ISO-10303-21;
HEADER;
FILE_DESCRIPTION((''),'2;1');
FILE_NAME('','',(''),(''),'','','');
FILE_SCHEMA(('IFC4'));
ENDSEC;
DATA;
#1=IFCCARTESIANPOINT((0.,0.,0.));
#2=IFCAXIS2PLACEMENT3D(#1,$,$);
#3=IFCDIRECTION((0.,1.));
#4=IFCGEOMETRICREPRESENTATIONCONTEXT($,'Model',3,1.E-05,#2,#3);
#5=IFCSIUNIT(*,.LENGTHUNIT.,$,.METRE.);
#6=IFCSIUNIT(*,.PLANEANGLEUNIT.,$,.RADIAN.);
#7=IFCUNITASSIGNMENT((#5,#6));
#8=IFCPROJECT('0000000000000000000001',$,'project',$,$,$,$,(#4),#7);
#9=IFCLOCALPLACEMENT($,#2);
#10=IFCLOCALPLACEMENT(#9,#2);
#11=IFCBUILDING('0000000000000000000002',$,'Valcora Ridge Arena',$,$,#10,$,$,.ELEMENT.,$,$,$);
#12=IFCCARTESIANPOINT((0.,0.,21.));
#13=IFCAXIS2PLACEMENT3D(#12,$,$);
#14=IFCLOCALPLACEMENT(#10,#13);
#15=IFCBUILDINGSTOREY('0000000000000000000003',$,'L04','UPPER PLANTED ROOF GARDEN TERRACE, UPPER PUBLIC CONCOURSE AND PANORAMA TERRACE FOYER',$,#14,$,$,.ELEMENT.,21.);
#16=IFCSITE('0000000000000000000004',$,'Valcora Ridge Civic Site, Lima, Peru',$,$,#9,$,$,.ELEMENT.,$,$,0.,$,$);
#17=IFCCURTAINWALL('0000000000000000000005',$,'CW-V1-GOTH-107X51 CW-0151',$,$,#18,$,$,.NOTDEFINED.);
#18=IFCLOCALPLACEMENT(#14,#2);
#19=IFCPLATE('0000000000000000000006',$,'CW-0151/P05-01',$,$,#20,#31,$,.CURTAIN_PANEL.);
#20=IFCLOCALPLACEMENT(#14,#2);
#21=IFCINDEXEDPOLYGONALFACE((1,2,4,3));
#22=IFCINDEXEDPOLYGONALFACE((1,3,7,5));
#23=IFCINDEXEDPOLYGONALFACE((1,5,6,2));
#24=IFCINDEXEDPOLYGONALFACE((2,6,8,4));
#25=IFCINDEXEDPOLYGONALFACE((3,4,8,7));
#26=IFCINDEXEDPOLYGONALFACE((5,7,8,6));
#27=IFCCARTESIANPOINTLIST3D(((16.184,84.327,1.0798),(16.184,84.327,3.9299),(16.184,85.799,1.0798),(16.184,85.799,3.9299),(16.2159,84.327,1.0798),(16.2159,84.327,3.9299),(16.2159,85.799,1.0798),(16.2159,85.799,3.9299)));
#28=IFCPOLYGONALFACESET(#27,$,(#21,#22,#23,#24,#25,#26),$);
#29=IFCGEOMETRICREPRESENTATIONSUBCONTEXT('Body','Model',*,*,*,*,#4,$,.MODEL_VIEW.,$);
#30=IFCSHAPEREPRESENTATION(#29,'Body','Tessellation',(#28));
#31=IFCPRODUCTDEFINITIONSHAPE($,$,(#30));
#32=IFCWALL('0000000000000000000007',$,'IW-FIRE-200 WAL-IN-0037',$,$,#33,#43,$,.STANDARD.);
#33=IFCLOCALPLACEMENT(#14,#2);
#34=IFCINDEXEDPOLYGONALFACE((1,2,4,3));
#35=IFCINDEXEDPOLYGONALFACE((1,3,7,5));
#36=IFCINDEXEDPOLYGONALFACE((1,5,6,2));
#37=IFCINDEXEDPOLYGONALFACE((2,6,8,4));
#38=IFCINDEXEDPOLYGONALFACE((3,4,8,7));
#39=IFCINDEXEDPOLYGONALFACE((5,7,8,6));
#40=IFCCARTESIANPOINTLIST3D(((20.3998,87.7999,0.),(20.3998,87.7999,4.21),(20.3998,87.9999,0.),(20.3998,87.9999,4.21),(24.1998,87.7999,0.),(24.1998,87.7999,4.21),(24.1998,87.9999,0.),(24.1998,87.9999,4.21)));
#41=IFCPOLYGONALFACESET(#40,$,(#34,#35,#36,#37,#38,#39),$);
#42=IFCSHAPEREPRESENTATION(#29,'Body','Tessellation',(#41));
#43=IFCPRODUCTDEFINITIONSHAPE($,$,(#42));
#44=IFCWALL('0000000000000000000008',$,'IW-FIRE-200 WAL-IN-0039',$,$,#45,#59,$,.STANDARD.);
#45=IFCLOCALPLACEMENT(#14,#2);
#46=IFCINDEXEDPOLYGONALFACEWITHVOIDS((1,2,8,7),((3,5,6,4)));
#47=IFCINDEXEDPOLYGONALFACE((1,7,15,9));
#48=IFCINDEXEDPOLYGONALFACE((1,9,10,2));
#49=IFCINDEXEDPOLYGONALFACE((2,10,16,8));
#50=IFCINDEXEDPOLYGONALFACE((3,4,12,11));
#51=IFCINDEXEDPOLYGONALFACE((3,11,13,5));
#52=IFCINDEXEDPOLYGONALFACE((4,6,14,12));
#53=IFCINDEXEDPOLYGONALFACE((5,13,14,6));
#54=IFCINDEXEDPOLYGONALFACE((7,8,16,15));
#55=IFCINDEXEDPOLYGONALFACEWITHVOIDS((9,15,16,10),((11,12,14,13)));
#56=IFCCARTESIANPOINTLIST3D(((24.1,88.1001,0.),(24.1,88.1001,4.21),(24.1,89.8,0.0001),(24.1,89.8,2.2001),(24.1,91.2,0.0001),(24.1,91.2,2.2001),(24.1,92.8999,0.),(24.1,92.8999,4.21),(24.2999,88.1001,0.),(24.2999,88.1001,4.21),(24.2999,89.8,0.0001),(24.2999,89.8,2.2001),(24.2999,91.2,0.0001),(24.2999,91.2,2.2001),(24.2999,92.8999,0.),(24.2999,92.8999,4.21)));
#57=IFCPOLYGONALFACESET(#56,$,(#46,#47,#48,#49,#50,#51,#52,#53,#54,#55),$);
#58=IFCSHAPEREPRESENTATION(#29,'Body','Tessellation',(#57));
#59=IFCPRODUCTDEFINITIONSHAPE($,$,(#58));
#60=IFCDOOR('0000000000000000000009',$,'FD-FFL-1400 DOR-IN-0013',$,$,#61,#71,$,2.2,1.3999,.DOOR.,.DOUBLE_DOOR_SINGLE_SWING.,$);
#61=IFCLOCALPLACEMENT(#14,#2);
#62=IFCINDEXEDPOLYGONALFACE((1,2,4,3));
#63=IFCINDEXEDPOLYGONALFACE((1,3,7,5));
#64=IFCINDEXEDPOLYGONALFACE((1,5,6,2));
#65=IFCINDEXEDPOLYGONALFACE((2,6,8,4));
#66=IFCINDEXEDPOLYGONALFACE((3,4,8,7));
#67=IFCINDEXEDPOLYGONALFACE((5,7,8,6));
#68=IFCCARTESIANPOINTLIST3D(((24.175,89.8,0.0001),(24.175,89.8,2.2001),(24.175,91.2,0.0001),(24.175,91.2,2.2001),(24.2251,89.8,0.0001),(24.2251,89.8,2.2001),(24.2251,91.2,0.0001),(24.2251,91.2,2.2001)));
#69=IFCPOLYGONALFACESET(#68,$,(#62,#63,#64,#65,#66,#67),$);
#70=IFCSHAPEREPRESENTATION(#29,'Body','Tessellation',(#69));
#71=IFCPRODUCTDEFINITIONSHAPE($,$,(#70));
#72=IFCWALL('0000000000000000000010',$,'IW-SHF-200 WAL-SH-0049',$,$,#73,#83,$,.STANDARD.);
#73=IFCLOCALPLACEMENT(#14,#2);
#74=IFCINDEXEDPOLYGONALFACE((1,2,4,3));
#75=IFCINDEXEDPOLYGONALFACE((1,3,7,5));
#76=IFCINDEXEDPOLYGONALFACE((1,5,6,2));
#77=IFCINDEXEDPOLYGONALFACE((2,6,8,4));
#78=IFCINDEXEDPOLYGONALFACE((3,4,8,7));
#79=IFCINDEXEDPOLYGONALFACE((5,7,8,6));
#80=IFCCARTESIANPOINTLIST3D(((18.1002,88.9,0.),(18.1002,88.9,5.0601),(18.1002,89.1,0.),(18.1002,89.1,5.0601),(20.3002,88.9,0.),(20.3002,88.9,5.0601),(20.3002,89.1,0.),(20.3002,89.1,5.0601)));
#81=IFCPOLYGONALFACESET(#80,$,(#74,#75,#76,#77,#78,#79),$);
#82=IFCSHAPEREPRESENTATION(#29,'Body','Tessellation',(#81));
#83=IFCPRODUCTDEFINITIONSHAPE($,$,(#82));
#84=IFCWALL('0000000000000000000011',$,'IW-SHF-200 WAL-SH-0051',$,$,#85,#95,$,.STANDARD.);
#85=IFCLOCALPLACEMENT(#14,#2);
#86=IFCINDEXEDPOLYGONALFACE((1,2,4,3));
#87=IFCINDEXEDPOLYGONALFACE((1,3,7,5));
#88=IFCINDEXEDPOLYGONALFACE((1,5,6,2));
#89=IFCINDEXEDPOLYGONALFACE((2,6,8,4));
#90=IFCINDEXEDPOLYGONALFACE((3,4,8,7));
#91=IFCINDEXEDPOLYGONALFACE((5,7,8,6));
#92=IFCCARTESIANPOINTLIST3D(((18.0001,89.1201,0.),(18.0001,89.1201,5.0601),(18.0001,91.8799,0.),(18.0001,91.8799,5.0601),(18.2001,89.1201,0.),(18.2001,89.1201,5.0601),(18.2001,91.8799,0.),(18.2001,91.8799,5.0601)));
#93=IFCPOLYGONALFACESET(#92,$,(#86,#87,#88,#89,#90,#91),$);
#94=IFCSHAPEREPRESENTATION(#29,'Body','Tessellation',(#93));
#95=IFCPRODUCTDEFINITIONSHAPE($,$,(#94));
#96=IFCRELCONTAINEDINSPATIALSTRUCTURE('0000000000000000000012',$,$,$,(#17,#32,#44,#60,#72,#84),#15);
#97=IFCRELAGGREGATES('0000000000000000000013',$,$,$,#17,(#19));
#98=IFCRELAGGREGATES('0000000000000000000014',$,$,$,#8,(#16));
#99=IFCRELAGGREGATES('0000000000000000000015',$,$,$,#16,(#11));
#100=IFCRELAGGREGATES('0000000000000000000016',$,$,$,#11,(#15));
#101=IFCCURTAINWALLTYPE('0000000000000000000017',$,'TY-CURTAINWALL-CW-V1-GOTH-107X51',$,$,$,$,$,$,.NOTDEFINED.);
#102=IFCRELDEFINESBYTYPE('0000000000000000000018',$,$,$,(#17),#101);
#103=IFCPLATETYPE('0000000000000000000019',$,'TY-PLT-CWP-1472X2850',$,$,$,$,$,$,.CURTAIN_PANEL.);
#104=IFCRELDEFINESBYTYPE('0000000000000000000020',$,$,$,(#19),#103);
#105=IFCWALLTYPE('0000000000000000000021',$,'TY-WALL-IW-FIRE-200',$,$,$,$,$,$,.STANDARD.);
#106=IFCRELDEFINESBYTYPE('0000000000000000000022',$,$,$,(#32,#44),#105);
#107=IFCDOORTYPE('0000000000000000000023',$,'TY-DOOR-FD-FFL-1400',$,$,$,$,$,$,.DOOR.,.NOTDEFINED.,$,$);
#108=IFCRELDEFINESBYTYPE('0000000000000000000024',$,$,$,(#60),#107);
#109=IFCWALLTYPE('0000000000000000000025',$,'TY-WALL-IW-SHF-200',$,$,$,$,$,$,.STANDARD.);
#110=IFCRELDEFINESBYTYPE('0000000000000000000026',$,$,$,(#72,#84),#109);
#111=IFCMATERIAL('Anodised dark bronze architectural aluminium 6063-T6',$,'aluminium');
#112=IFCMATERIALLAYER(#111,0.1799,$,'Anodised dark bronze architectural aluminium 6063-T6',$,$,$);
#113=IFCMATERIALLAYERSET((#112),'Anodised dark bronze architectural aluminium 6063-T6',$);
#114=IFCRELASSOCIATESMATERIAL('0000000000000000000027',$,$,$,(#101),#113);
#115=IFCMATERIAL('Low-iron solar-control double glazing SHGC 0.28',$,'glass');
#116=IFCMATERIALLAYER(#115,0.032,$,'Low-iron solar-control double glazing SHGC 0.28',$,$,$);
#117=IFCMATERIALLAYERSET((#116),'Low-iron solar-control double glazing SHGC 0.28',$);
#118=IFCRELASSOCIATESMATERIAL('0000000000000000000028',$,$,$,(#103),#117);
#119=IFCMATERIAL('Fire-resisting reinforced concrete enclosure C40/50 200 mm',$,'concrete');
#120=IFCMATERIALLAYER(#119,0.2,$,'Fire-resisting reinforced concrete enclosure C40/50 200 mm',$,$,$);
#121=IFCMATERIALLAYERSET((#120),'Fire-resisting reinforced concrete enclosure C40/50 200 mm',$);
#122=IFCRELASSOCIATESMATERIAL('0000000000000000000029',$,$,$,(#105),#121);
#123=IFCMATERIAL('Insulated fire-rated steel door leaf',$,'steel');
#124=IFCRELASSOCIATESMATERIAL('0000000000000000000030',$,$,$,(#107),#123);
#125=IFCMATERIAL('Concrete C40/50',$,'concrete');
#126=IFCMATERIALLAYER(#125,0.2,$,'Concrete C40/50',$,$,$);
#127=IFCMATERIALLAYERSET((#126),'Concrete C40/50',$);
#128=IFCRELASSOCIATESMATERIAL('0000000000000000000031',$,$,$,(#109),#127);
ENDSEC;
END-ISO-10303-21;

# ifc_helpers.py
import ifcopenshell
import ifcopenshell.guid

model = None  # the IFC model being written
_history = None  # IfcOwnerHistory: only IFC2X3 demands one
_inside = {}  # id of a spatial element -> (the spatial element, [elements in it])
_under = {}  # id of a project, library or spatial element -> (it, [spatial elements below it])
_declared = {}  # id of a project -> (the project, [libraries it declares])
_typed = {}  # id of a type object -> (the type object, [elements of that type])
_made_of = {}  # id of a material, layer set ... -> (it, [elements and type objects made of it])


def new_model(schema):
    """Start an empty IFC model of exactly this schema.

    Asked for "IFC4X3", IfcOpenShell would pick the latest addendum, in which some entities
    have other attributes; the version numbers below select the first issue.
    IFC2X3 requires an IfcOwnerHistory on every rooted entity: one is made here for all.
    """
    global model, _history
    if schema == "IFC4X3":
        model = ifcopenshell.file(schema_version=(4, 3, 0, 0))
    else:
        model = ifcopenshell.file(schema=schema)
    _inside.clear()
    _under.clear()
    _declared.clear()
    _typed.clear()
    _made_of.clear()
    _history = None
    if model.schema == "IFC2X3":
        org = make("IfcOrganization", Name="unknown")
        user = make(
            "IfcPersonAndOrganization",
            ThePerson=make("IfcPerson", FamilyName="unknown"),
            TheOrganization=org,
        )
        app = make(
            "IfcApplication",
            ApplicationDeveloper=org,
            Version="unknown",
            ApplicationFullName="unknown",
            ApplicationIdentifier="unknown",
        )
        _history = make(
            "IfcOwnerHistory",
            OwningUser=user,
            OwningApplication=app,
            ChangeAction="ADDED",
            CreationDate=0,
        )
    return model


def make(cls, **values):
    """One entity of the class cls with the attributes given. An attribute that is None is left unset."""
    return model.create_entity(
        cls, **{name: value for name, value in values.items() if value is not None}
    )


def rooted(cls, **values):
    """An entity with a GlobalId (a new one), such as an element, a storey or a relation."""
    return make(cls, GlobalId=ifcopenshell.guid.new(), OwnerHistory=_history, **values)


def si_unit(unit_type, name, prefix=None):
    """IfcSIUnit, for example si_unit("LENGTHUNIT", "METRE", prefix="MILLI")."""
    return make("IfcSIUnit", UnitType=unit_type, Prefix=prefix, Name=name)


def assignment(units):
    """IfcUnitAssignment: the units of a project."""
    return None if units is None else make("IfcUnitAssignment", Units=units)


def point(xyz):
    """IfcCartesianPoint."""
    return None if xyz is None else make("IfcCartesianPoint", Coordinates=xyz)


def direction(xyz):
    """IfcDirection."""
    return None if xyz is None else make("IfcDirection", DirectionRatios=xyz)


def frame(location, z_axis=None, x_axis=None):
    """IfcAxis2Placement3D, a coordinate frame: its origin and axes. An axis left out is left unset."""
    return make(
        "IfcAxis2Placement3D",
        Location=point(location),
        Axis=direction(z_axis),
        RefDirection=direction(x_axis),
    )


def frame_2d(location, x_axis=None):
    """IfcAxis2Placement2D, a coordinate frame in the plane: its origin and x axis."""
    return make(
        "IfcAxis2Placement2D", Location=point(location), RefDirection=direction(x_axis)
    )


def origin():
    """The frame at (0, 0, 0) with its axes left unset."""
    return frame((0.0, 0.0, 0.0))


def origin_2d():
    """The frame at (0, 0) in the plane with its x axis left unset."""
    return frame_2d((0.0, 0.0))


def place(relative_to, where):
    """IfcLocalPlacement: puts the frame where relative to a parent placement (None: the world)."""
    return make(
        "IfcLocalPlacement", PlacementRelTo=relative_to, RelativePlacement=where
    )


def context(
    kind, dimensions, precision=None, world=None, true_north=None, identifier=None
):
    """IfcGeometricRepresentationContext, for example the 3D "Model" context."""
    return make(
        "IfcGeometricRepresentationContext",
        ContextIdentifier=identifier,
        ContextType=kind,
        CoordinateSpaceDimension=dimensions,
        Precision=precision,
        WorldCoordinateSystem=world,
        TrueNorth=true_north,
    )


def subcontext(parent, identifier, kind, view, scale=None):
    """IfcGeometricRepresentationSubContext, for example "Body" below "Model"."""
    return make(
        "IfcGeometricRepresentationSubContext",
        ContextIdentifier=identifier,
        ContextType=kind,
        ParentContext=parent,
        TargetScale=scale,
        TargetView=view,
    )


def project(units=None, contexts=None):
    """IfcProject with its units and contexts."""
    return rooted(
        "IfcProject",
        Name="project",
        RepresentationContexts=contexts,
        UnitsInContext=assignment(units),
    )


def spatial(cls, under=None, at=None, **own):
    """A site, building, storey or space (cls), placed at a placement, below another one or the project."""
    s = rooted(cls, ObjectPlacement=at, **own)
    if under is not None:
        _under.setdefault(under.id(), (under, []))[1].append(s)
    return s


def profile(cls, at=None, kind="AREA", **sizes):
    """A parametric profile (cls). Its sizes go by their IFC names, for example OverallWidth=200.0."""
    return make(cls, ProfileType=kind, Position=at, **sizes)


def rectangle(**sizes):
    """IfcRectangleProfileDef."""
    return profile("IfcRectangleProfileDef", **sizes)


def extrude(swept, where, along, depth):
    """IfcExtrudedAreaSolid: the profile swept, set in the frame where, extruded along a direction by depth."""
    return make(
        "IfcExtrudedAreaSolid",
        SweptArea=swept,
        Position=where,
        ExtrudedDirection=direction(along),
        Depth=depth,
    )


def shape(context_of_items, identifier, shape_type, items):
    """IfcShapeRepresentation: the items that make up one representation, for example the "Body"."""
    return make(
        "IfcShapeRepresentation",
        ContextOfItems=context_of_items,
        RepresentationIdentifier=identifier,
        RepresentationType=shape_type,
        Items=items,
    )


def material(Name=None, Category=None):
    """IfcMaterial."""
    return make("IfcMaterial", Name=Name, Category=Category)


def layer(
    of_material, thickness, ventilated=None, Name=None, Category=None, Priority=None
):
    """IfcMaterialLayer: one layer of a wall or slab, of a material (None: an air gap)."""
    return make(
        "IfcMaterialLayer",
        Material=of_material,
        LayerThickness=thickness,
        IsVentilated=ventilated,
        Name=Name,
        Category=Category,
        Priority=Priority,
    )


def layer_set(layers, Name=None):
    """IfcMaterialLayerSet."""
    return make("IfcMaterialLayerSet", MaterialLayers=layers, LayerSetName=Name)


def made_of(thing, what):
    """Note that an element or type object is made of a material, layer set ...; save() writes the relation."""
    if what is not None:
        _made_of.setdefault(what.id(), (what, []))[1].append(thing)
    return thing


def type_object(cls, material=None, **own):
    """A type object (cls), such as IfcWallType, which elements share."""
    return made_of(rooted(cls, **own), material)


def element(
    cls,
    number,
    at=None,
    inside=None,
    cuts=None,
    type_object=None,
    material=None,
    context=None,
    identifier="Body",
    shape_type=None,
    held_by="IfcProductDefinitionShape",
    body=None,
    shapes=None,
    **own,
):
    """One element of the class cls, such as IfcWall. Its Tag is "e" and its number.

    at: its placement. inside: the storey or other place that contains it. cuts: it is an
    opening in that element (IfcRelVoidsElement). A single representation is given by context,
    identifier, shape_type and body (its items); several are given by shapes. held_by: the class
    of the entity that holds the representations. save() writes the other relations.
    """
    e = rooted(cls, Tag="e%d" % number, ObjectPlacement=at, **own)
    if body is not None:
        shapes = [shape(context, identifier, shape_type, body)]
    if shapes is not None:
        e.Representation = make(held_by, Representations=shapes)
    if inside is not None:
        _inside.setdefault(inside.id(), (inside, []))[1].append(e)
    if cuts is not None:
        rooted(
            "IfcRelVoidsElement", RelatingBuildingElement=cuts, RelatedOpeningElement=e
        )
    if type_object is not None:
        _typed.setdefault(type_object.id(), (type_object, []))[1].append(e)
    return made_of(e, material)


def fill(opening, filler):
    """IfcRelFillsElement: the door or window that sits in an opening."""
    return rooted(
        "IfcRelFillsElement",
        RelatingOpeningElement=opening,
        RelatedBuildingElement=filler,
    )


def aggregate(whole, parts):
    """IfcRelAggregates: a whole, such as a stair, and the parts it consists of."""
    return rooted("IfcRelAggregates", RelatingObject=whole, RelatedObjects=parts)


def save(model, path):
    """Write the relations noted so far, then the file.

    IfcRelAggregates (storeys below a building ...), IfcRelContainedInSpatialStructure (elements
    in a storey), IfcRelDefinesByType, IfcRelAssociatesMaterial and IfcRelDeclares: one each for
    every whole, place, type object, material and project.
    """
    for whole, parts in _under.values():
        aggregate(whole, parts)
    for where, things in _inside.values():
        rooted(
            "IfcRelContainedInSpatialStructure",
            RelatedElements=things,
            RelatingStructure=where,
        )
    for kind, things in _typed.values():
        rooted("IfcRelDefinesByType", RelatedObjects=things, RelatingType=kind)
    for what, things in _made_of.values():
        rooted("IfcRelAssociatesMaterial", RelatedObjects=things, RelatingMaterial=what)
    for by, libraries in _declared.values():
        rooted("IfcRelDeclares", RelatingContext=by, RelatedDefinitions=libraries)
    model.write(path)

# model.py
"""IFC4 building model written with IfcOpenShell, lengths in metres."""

from ifc_helpers import new_model, si_unit, direction, frame, frame_2d, origin, origin_2d, place, context, subcontext, project, spatial, rectangle, extrude, material, layer, layer_set, type_object, element, fill, aggregate, save


model = new_model("IFC4")

# Units and contexts
model_context = context("Model", 3, precision=1e-05, world=origin(), true_north=direction((0.0, 1.0)))
body_context = subcontext(model_context, "Body", "Model", "MODEL_VIEW")
ifc_project = project(units=[si_unit("LENGTHUNIT", "METRE"), si_unit("PLANEANGLEUNIT", "RADIAN")], contexts=[model_context])

# Site, building, storey
site_placement = place(None, origin())
site = spatial("IfcSite", under=ifc_project, at=site_placement, Name="Valcora Ridge Civic Site, Lima, Peru", CompositionType="ELEMENT", RefElevation=0.0)
building_placement = place(site_placement, origin())
building = spatial("IfcBuilding", under=site, at=building_placement, Name="Valcora Ridge Arena", CompositionType="ELEMENT")
storey_placement = place(building_placement, frame((0.0, 0.0, 21.0)))
storey = spatial("IfcBuildingStorey", under=building, at=storey_placement, Name="L04", Description="UPPER PLANTED ROOF GARDEN TERRACE, UPPER PUBLIC CONCOURSE AND PANORAMA TERRACE FOYER", CompositionType="ELEMENT", Elevation=21.0)

# Curtain wall
ifc_material_1 = material(Name="Anodised dark bronze architectural aluminium 6063-T6", Category="aluminium")
ifc_layer_1 = layer(ifc_material_1, 0.1799, Name="Anodised dark bronze architectural aluminium 6063-T6")
ifc_layer_set_1 = layer_set([ifc_layer_1], Name="Anodised dark bronze architectural aluminium 6063-T6")
curtain_wall_type_1 = type_object("IfcCurtainWallType", Name="TY-CURTAINWALL-CW-V1-GOTH-107X51", PredefinedType="NOTDEFINED", material=ifc_layer_set_1)
curtain_wall_1_placement = place(storey_placement, origin())
curtain_wall_1 = element("IfcCurtainWall", 1, at=curtain_wall_1_placement, inside=storey, type_object=curtain_wall_type_1, Name="CW-V1-GOTH-107X51 CW-0151", PredefinedType="NOTDEFINED")

# Plate
ifc_material_2 = material(Name="Low-iron solar-control double glazing SHGC 0.28", Category="glass")
ifc_layer_2 = layer(ifc_material_2, 0.032, Name="Low-iron solar-control double glazing SHGC 0.28")
ifc_layer_set_2 = layer_set([ifc_layer_2], Name="Low-iron solar-control double glazing SHGC 0.28")
plate_type_1 = type_object("IfcPlateType", Name="TY-PLT-CWP-1472X2850", PredefinedType="CURTAIN_PANEL", material=ifc_layer_set_2)
plate_1_placement = place(storey_placement, frame((16.2, 85.063, 1.0798), z_axis=(0.0, 0.0, 1.0), x_axis=(0.0, 1.0, 0.0)))
plate_1 = element("IfcPlate", 2, at=plate_1_placement, type_object=plate_type_1, Name="CW-0151/P05-01", PredefinedType="CURTAIN_PANEL", context=body_context, shape_type="SweptSolid", body=[
    extrude(rectangle(XDim=1.4719, YDim=0.032, at=origin_2d()), origin(), (0.0, 0.0, 1.0), 2.8501),
])
aggregate(curtain_wall_1, [plate_1])

# Wall
ifc_material_3 = material(Name="Fire-resisting reinforced concrete enclosure C40/50 200 mm", Category="concrete")
ifc_layer_3 = layer(ifc_material_3, 0.2, Name="Fire-resisting reinforced concrete enclosure C40/50 200 mm")
ifc_layer_set_3 = layer_set([ifc_layer_3], Name="Fire-resisting reinforced concrete enclosure C40/50 200 mm")
wall_type_1 = type_object("IfcWallType", Name="TY-WALL-IW-FIRE-200", PredefinedType="STANDARD", material=ifc_layer_set_3)
wall_1_placement = place(storey_placement, frame((20.3999, 87.8999, 0.0), z_axis=(0.0, 0.0, 1.0), x_axis=(1.0, 0.0, 0.0)))
element("IfcWall", 3, at=wall_1_placement, inside=storey, type_object=wall_type_1, Name="IW-FIRE-200 WAL-IN-0037", PredefinedType="STANDARD", context=body_context, shape_type="SweptSolid", body=[
    extrude(rectangle(XDim=3.8, YDim=0.2, at=frame_2d((1.8999, 0.0))), origin(), (0.0, 0.0, 1.0), 4.21),
])

# Wall, opening, door
wall_2_placement = place(storey_placement, frame((24.2, 88.1001, 0.0), z_axis=(0.0, 0.0, 1.0), x_axis=(0.0, 1.0, 0.0)))
wall_2 = element("IfcWall", 4, at=wall_2_placement, inside=storey, type_object=wall_type_1, Name="IW-FIRE-200 WAL-IN-0039", PredefinedType="STANDARD", context=body_context, shape_type="SweptSolid", body=[
    extrude(rectangle(XDim=4.7998, YDim=0.2, at=frame_2d((2.3999, 0.0))), origin(), (0.0, 0.0, 1.0), 4.21),
])
opening_1_placement = place(wall_2_placement, frame((1.7, 0.0, 0.0)))
opening_1 = element("IfcOpeningElement", 5, at=opening_1_placement, cuts=wall_2, PredefinedType="OPENING", context=body_context, shape_type="SweptSolid", body=[
    extrude(rectangle(XDim=1.3999, YDim=2.2, at=frame_2d((0.7, 1.1001))), frame((0.0, 0.1099, 0.0), z_axis=(0.0, -1.0, 0.0), x_axis=(1.0, 0.0, 0.0)), (0.0, 0.0, 1.0), 0.22),
])
ifc_material_4 = material(Name="Insulated fire-rated steel door leaf", Category="steel")
door_type_1 = type_object("IfcDoorType", Name="TY-DOOR-FD-FFL-1400", OperationType="NOTDEFINED", PredefinedType="DOOR", material=ifc_material_4)
door_1_placement = place(opening_1_placement, origin())
door_1 = element("IfcDoor", 6, at=door_1_placement, inside=storey, type_object=door_type_1, Name="FD-FFL-1400 DOR-IN-0013", OperationType="DOUBLE_DOOR_SINGLE_SWING", OverallHeight=2.2, OverallWidth=1.3999, PredefinedType="DOOR", context=body_context, shape_type="SweptSolid", body=[
    extrude(rectangle(XDim=1.3999, YDim=2.2, at=frame_2d((0.7, 1.1001))), frame((0.0, 0.0249, 0.0), z_axis=(0.0, -1.0, 0.0), x_axis=(1.0, 0.0, 0.0)), (0.0, 0.0, 1.0), 0.05),
])
fill(opening_1, door_1)

# Walls
ifc_material_5 = material(Name="Concrete C40/50", Category="concrete")
ifc_layer_4 = layer(ifc_material_5, 0.2, Name="Concrete C40/50")
ifc_layer_set_4 = layer_set([ifc_layer_4], Name="Concrete C40/50")
wall_type_2 = type_object("IfcWallType", Name="TY-WALL-IW-SHF-200", PredefinedType="STANDARD", material=ifc_layer_set_4)
wall_3_placement = place(storey_placement, frame((18.1001, 89.0, 0.0), z_axis=(0.0, 0.0, 1.0), x_axis=(1.0, 0.0, 0.0)))
element("IfcWall", 7, at=wall_3_placement, inside=storey, type_object=wall_type_2, Name="IW-SHF-200 WAL-SH-0049", PredefinedType="STANDARD", context=body_context, shape_type="SweptSolid", body=[
    extrude(rectangle(XDim=2.2, YDim=0.2, at=frame_2d((1.1001, 0.0))), origin(), (0.0, 0.0, 1.0), 5.0601),
])
wall_4_placement = place(storey_placement, frame((18.1001, 89.1201, 0.0), z_axis=(0.0, 0.0, 1.0), x_axis=(0.0, 1.0, 0.0)))
element("IfcWall", 8, at=wall_4_placement, inside=storey, type_object=wall_type_2, Name="IW-SHF-200 WAL-SH-0051", PredefinedType="STANDARD", context=body_context, shape_type="SweptSolid", body=[
    extrude(rectangle(XDim=2.7598, YDim=0.2, at=frame_2d((1.3799, 0.0))), origin(), (0.0, 0.0, 1.0), 5.0601),
])

save(model, "model.ifc")
